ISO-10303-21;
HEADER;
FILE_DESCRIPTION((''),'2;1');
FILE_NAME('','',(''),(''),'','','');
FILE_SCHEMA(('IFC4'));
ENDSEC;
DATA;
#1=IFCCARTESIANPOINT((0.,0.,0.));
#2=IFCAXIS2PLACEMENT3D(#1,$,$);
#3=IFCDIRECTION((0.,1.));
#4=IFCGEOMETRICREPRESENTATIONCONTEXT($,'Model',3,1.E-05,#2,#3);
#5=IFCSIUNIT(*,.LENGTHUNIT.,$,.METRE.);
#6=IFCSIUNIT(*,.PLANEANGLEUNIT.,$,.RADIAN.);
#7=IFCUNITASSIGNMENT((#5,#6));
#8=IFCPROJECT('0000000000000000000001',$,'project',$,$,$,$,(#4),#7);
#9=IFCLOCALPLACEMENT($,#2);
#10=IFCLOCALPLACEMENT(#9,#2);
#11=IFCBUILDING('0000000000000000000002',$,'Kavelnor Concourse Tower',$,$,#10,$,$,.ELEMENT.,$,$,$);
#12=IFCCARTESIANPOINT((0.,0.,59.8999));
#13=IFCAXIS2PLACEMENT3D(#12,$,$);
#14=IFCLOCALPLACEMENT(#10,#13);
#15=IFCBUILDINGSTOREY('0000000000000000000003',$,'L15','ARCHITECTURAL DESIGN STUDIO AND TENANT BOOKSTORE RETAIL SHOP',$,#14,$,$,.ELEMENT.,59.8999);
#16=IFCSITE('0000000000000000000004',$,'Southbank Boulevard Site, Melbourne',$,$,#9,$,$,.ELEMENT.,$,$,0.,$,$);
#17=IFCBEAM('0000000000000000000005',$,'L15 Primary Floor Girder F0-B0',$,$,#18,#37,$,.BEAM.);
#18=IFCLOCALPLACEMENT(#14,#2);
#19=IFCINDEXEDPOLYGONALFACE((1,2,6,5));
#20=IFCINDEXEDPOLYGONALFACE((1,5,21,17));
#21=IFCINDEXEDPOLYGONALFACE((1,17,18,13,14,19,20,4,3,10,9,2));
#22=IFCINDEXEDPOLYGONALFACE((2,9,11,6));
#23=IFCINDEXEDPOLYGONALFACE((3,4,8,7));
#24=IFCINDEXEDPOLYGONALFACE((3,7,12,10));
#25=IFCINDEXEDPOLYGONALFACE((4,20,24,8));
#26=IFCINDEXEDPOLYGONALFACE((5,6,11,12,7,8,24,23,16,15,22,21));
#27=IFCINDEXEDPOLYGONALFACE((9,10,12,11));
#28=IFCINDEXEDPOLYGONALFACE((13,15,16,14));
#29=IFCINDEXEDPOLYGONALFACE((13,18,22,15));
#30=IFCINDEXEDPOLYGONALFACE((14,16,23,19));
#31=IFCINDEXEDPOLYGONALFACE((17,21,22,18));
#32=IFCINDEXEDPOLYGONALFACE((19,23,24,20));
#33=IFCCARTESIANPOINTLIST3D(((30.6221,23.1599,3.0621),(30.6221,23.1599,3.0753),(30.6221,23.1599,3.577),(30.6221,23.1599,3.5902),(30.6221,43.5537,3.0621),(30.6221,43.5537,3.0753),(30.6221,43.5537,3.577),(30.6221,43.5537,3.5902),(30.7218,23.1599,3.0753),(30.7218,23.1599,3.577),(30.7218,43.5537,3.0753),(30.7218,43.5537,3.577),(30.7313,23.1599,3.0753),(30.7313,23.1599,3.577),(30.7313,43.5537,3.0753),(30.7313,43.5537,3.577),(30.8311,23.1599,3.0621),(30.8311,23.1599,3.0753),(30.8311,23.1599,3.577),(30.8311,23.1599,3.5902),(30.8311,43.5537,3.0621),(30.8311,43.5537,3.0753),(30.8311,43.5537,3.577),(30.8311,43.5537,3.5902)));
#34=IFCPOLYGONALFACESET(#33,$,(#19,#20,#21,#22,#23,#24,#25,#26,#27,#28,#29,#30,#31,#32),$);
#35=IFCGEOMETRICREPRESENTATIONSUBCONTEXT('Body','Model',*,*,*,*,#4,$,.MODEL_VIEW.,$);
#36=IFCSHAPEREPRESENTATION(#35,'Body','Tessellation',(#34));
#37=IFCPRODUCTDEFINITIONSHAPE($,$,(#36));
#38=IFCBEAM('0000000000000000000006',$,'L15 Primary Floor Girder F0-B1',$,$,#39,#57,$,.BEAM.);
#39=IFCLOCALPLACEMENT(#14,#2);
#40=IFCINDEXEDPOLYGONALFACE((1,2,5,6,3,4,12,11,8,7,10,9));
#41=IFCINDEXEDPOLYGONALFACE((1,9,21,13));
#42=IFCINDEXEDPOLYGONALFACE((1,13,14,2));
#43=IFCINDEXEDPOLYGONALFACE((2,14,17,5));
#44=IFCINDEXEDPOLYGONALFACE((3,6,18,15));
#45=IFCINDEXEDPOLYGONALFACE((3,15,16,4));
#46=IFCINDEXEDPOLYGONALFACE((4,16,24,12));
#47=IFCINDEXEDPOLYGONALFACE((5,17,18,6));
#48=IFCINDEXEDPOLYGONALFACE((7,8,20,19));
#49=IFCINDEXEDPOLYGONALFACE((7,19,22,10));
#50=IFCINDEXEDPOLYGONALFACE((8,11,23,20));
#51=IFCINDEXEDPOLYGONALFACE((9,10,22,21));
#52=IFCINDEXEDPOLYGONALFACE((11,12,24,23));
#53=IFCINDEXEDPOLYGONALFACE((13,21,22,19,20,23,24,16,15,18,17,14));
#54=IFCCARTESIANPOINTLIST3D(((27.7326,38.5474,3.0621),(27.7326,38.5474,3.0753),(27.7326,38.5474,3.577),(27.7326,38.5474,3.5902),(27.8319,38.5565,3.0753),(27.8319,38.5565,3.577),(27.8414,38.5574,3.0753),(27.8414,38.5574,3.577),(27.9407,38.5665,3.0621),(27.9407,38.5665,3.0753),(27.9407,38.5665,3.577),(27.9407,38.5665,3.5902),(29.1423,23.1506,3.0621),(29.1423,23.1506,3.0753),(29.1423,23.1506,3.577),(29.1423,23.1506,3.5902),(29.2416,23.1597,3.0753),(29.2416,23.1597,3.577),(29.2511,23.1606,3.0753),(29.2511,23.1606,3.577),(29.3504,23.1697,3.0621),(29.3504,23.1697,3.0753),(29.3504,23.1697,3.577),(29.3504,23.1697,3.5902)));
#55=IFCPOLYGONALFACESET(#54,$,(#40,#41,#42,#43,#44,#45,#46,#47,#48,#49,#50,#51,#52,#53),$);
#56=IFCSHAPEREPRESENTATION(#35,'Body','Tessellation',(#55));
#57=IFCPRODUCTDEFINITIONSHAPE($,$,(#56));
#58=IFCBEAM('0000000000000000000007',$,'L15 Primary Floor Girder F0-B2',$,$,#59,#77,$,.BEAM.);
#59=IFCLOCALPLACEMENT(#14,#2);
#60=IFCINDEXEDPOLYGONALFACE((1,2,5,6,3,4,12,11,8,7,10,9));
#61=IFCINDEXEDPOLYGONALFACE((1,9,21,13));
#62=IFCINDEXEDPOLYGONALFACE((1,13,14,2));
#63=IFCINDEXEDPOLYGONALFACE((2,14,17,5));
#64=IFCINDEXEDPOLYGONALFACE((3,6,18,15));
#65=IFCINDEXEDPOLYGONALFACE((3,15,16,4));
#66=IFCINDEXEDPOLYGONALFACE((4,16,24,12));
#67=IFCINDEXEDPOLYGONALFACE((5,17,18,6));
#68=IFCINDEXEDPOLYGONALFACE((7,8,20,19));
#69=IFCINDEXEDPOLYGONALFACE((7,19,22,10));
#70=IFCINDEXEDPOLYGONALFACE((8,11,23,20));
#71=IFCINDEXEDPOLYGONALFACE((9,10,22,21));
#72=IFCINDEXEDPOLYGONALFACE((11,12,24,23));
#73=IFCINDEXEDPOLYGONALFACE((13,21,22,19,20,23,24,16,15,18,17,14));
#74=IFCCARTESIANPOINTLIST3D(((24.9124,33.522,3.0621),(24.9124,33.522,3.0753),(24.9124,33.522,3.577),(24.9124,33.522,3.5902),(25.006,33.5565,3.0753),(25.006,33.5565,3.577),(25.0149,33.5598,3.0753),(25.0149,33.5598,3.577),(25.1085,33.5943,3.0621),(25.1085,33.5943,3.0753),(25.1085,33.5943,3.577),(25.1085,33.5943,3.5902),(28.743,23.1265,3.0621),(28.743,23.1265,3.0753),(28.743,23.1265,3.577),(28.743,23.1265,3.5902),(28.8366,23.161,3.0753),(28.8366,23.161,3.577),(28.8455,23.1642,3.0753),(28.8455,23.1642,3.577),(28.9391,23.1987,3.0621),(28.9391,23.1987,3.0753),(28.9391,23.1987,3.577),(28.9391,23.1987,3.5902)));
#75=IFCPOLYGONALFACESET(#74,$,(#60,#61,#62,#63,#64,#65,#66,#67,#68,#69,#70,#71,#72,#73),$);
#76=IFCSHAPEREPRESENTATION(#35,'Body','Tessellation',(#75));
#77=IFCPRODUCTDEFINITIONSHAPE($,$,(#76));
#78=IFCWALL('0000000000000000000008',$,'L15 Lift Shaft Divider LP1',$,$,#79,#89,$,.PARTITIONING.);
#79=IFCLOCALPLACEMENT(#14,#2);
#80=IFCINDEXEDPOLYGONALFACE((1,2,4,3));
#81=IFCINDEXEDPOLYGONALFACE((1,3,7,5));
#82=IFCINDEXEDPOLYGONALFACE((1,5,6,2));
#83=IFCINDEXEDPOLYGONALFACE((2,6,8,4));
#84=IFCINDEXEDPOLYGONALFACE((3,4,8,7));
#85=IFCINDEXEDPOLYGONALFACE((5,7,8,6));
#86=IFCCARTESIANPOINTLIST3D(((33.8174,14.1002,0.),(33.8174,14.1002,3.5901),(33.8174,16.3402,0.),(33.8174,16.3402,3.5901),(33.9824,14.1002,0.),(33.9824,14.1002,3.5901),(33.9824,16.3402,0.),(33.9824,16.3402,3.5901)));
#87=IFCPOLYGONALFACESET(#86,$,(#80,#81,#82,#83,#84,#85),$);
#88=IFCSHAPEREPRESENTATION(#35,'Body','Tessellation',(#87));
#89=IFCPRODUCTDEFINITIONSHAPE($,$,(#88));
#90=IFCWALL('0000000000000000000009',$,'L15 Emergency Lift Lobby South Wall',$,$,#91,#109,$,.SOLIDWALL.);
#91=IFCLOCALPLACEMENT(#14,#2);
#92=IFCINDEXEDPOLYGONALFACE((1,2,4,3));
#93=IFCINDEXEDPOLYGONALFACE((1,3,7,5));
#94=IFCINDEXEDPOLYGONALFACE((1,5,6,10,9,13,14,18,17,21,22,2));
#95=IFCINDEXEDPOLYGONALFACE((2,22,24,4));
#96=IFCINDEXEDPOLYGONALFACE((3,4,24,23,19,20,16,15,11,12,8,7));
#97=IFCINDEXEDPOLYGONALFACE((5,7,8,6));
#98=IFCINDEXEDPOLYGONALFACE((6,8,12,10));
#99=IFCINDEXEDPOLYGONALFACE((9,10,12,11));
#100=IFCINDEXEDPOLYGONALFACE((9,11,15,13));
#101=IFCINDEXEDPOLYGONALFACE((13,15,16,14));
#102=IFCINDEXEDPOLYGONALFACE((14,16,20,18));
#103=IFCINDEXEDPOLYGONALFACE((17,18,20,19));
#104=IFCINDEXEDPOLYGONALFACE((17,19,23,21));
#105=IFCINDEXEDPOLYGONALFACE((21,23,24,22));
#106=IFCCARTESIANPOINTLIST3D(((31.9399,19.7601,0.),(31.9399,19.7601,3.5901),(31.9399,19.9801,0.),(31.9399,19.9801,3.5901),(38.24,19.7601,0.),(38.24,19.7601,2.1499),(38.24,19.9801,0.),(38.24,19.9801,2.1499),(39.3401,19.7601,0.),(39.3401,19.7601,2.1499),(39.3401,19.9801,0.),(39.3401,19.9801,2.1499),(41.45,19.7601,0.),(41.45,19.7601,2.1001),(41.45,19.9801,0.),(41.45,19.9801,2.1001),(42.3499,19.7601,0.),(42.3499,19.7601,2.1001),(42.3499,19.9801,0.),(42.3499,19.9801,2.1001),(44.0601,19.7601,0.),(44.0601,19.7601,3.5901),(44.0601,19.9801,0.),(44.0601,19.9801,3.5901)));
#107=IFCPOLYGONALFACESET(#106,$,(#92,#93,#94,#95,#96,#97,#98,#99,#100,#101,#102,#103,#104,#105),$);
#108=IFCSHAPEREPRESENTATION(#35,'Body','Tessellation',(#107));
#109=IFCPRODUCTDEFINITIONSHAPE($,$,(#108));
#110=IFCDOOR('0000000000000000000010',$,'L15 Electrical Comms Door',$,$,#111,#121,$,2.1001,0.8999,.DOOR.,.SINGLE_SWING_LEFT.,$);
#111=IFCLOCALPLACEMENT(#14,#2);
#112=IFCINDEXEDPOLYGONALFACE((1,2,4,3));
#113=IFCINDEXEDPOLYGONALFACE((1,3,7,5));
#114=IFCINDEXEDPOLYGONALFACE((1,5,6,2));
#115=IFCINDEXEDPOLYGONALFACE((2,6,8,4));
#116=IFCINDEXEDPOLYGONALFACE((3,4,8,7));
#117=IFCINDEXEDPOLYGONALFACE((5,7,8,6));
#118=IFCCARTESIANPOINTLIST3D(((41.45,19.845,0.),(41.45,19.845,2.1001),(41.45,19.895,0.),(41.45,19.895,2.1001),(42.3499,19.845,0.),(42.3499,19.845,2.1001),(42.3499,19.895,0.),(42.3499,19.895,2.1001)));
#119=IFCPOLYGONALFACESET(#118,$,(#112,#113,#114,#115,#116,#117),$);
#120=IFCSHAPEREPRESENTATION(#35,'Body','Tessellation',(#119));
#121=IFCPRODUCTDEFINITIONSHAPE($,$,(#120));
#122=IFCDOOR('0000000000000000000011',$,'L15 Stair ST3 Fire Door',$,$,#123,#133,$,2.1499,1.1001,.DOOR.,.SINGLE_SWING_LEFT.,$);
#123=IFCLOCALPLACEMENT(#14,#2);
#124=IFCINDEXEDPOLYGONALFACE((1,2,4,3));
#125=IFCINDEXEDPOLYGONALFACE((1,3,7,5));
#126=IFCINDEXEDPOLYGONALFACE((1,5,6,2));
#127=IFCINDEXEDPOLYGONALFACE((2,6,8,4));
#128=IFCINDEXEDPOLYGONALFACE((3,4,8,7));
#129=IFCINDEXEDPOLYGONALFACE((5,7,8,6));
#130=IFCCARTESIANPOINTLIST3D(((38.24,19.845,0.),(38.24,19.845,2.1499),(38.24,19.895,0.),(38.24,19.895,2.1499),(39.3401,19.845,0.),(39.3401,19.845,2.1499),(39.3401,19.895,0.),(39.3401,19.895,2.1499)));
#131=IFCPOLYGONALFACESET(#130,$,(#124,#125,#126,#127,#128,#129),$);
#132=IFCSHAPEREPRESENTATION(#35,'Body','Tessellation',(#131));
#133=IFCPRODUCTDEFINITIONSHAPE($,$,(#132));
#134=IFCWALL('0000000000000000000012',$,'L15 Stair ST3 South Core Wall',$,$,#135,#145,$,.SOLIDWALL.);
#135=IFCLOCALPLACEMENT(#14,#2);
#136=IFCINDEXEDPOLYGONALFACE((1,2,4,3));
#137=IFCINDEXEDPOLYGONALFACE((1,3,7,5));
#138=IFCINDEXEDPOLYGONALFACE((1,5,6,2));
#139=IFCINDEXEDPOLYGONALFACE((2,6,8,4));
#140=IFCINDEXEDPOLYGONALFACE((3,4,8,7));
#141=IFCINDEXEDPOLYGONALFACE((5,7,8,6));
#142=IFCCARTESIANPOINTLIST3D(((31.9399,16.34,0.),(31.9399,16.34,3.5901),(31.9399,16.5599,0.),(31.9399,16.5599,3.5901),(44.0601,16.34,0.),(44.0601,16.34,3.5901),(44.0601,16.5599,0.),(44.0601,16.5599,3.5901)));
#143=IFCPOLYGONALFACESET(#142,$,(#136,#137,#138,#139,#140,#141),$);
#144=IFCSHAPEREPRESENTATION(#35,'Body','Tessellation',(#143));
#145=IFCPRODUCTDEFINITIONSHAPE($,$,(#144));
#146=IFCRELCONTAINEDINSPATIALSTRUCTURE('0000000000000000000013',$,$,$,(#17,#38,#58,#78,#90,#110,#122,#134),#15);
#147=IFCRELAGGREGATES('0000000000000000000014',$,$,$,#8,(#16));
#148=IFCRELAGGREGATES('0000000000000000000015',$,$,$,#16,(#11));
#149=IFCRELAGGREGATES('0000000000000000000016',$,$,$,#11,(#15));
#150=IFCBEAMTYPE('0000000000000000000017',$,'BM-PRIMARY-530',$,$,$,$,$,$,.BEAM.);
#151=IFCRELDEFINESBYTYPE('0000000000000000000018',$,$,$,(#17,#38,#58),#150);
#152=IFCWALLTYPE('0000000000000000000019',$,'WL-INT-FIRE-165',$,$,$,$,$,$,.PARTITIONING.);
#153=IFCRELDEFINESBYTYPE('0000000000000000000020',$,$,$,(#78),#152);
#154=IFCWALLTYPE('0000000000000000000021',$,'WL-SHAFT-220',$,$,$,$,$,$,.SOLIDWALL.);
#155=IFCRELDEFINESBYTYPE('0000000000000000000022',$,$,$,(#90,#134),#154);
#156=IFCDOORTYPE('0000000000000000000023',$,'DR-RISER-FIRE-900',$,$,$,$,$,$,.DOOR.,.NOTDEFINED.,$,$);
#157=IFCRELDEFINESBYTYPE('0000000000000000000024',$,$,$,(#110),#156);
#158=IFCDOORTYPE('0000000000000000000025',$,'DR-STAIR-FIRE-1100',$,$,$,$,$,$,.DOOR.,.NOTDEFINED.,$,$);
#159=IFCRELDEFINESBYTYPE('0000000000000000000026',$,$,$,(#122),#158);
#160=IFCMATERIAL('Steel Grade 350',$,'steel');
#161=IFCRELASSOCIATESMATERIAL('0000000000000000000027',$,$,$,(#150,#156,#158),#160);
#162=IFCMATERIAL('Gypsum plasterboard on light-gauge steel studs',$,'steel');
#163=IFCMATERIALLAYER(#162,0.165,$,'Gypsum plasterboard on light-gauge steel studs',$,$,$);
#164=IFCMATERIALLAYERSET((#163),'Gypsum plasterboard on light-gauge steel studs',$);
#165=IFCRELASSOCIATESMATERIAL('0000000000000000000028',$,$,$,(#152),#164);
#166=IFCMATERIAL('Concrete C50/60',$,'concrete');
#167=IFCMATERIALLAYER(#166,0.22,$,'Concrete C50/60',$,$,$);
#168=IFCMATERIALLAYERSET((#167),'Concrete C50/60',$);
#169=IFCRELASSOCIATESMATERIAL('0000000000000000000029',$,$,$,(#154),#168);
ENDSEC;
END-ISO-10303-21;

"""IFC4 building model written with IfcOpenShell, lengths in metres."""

from ifc_helpers import new_model, si_unit, direction, frame, frame_2d, origin, origin_2d, place, context, subcontext, project, spatial, rectangle, i_section, extrude, material, layer, layer_set, material_profile, profile_set, type_object, element, fill, save


model = new_model("IFC4")

# Units and contexts
model_context = context("Model", 3, precision=1e-05, world=origin(), true_north=direction((0.0, 1.0)))
body_context = subcontext(model_context, "Body", "Model", "MODEL_VIEW")
ifc_project = project(units=[si_unit("LENGTHUNIT", "METRE"), si_unit("PLANEANGLEUNIT", "RADIAN")], contexts=[model_context])

# Site, building, storey
site_placement = place(None, origin())
site = spatial("IfcSite", under=ifc_project, at=site_placement, Name="Southbank Boulevard Site, Melbourne", CompositionType="ELEMENT", RefElevation=0.0)
building_placement = place(site_placement, origin())
building = spatial("IfcBuilding", under=site, at=building_placement, Name="Kavelnor Concourse Tower", CompositionType="ELEMENT")
storey_placement = place(building_placement, frame((0.0, 0.0, 59.8999)))
storey = spatial("IfcBuildingStorey", under=building, at=storey_placement, Name="L15", Description="ARCHITECTURAL DESIGN STUDIO AND TENANT BOOKSTORE RETAIL SHOP", CompositionType="ELEMENT", Elevation=59.8999)

# Beams
ifc_material_1 = material(Name="Steel Grade 350", Category="steel")
ifc_material_profile = material_profile(ifc_material_1, i_section(OverallWidth=0.209, OverallDepth=0.5281, WebThickness=0.0095, FlangeThickness=0.0132, at=origin_2d()), Name="530UB82")
ifc_profile_set = profile_set([ifc_material_profile], Name="Steel Grade 350")
beam_type = type_object("IfcBeamType", Name="BM-PRIMARY-530", PredefinedType="BEAM", material=ifc_profile_set)
beam_1_placement = place(storey_placement, frame((30.7266, 23.1599, 3.3262), z_axis=(0.0, 1.0, 0.0), x_axis=(-1.0, 0.0, 0.0)))
element("IfcBeam", 1, at=beam_1_placement, inside=storey, type_object=beam_type, Name="L15 Primary Floor Girder F0-B0", PredefinedType="BEAM", context=body_context, shape_type="SweptSolid", body=[
    extrude(i_section(OverallWidth=0.209, OverallDepth=0.5281, WebThickness=0.0095, FlangeThickness=0.0132, at=origin_2d()), origin(), (0.0, 0.0, 1.0), 20.3938),
])
beam_2_placement = place(storey_placement, frame((29.2463, 23.1602, 3.3262), z_axis=(-0.091175, 0.995835, 0.0), x_axis=(-0.995835, -0.091175, 0.0)))
element("IfcBeam", 2, at=beam_2_placement, inside=storey, type_object=beam_type, Name="L15 Primary Floor Girder F0-B1", PredefinedType="BEAM", context=body_context, shape_type="SweptSolid", body=[
    extrude(i_section(OverallWidth=0.209, OverallDepth=0.5281, WebThickness=0.0095, FlangeThickness=0.0132, at=origin_2d()), origin(), (0.0, 0.0, 1.0), 15.4612),
])
beam_3_placement = place(storey_placement, frame((28.8411, 23.1626, 3.3262), z_axis=(-0.345756, 0.938324, 0.0), x_axis=(-0.938324, -0.345756, 0.0)))
element("IfcBeam", 3, at=beam_3_placement, inside=storey, type_object=beam_type, Name="L15 Primary Floor Girder F0-B2", PredefinedType="BEAM", context=body_context, shape_type="SweptSolid", body=[
    extrude(i_section(OverallWidth=0.209, OverallDepth=0.5281, WebThickness=0.0095, FlangeThickness=0.0132, at=origin_2d()), origin(), (0.0, 0.0, 1.0), 11.0789),
])

# Wall
ifc_material_2 = material(Name="Gypsum plasterboard on light-gauge steel studs", Category="steel")
ifc_layer_1 = layer(ifc_material_2, 0.165, Name="Gypsum plasterboard on light-gauge steel studs")
ifc_layer_set_1 = layer_set([ifc_layer_1], Name="Gypsum plasterboard on light-gauge steel studs")
wall_type_1 = type_object("IfcWallType", Name="WL-INT-FIRE-165", PredefinedType="PARTITIONING", material=ifc_layer_set_1)
wall_1_placement = place(storey_placement, frame((33.8999, 14.1001, 0.0), z_axis=(0.0, 0.0, 1.0), x_axis=(0.0, 1.0, 0.0)))
element("IfcWall", 4, at=wall_1_placement, inside=storey, type_object=wall_type_1, Name="L15 Lift Shaft Divider LP1", PredefinedType="PARTITIONING", context=body_context, shape_type="SweptSolid", body=[
    extrude(rectangle(XDim=2.24, YDim=0.165, at=frame_2d((1.1201, 0.0))), origin(), (0.0, 0.0, 1.0), 3.5901),
])

# Wall, openings, doors
ifc_material_3 = material(Name="Concrete C50/60", Category="concrete")
ifc_layer_2 = layer(ifc_material_3, 0.22, Name="Concrete C50/60")
ifc_layer_set_2 = layer_set([ifc_layer_2], Name="Concrete C50/60")
wall_type_2 = type_object("IfcWallType", Name="WL-SHAFT-220", PredefinedType="SOLIDWALL", material=ifc_layer_set_2)
wall_2_placement = place(storey_placement, frame((31.9399, 19.8701, 0.0), z_axis=(0.0, 0.0, 1.0), x_axis=(1.0, 0.0, 0.0)))
wall_2 = element("IfcWall", 5, at=wall_2_placement, inside=storey, type_object=wall_type_2, Name="L15 Emergency Lift Lobby South Wall", PredefinedType="SOLIDWALL", context=body_context, shape_type="SweptSolid", body=[
    extrude(rectangle(XDim=12.1201, YDim=0.22, at=frame_2d((6.0601, 0.0))), origin(), (0.0, 0.0, 1.0), 3.5901),
])
opening_1_placement = place(wall_2_placement, frame((6.3, 0.0, 0.0)))
opening_1 = element("IfcOpeningElement", 6, at=opening_1_placement, cuts=wall_2, PredefinedType="OPENING", context=body_context, shape_type="SweptSolid", body=[
    extrude(rectangle(XDim=1.1001, YDim=2.1499, at=frame_2d((0.55, 1.075))), frame((0.0, 0.1201, 0.0), z_axis=(0.0, -1.0, 0.0), x_axis=(1.0, 0.0, 0.0)), (0.0, 0.0, 1.0), 0.24),
])
opening_2_placement = place(wall_2_placement, frame((9.51, 0.0, 0.0)))
opening_2 = element("IfcOpeningElement", 7, at=opening_2_placement, cuts=wall_2, PredefinedType="OPENING", context=body_context, shape_type="SweptSolid", body=[
    extrude(rectangle(XDim=0.8999, YDim=2.1001, at=frame_2d((0.45, 1.05))), frame((0.0, 0.1201, 0.0), z_axis=(0.0, -1.0, 0.0), x_axis=(1.0, 0.0, 0.0)), (0.0, 0.0, 1.0), 0.24),
])
door_type_1 = type_object("IfcDoorType", Name="DR-RISER-FIRE-900", OperationType="NOTDEFINED", PredefinedType="DOOR", material=ifc_material_1)
door_1_placement = place(opening_2_placement, origin())
door_1 = element("IfcDoor", 8, at=door_1_placement, inside=storey, type_object=door_type_1, Name="L15 Electrical Comms Door", OperationType="SINGLE_SWING_LEFT", OverallHeight=2.1001, OverallWidth=0.8999, PredefinedType="DOOR", context=body_context, shape_type="SweptSolid", body=[
    extrude(rectangle(XDim=0.8999, YDim=2.1001, at=frame_2d((0.45, 1.05))), frame((0.0, 0.0249, 0.0), z_axis=(0.0, -1.0, 0.0), x_axis=(1.0, 0.0, 0.0)), (0.0, 0.0, 1.0), 0.05),
])
fill(opening_2, door_1)
door_type_2 = type_object("IfcDoorType", Name="DR-STAIR-FIRE-1100", OperationType="NOTDEFINED", PredefinedType="DOOR", material=ifc_material_1)
door_2_placement = place(opening_1_placement, origin())
door_2 = element("IfcDoor", 9, at=door_2_placement, inside=storey, type_object=door_type_2, Name="L15 Stair ST3 Fire Door", OperationType="SINGLE_SWING_LEFT", OverallHeight=2.1499, OverallWidth=1.1001, PredefinedType="DOOR", context=body_context, shape_type="SweptSolid", body=[
    extrude(rectangle(XDim=1.1001, YDim=2.1499, at=frame_2d((0.55, 1.075))), frame((0.0, 0.0249, 0.0), z_axis=(0.0, -1.0, 0.0), x_axis=(1.0, 0.0, 0.0)), (0.0, 0.0, 1.0), 0.05),
])
fill(opening_1, door_2)

# Wall
wall_3_placement = place(storey_placement, frame((31.9399, 16.45, 0.0), z_axis=(0.0, 0.0, 1.0), x_axis=(1.0, 0.0, 0.0)))
element("IfcWall", 10, at=wall_3_placement, inside=storey, type_object=wall_type_2, Name="L15 Stair ST3 South Core Wall", PredefinedType="SOLIDWALL", context=body_context, shape_type="SweptSolid", body=[
    extrude(rectangle(XDim=12.1201, YDim=0.22, at=frame_2d((6.0601, 0.0))), origin(), (0.0, 0.0, 1.0), 3.5901),
])

save(model, "model.ifc")
